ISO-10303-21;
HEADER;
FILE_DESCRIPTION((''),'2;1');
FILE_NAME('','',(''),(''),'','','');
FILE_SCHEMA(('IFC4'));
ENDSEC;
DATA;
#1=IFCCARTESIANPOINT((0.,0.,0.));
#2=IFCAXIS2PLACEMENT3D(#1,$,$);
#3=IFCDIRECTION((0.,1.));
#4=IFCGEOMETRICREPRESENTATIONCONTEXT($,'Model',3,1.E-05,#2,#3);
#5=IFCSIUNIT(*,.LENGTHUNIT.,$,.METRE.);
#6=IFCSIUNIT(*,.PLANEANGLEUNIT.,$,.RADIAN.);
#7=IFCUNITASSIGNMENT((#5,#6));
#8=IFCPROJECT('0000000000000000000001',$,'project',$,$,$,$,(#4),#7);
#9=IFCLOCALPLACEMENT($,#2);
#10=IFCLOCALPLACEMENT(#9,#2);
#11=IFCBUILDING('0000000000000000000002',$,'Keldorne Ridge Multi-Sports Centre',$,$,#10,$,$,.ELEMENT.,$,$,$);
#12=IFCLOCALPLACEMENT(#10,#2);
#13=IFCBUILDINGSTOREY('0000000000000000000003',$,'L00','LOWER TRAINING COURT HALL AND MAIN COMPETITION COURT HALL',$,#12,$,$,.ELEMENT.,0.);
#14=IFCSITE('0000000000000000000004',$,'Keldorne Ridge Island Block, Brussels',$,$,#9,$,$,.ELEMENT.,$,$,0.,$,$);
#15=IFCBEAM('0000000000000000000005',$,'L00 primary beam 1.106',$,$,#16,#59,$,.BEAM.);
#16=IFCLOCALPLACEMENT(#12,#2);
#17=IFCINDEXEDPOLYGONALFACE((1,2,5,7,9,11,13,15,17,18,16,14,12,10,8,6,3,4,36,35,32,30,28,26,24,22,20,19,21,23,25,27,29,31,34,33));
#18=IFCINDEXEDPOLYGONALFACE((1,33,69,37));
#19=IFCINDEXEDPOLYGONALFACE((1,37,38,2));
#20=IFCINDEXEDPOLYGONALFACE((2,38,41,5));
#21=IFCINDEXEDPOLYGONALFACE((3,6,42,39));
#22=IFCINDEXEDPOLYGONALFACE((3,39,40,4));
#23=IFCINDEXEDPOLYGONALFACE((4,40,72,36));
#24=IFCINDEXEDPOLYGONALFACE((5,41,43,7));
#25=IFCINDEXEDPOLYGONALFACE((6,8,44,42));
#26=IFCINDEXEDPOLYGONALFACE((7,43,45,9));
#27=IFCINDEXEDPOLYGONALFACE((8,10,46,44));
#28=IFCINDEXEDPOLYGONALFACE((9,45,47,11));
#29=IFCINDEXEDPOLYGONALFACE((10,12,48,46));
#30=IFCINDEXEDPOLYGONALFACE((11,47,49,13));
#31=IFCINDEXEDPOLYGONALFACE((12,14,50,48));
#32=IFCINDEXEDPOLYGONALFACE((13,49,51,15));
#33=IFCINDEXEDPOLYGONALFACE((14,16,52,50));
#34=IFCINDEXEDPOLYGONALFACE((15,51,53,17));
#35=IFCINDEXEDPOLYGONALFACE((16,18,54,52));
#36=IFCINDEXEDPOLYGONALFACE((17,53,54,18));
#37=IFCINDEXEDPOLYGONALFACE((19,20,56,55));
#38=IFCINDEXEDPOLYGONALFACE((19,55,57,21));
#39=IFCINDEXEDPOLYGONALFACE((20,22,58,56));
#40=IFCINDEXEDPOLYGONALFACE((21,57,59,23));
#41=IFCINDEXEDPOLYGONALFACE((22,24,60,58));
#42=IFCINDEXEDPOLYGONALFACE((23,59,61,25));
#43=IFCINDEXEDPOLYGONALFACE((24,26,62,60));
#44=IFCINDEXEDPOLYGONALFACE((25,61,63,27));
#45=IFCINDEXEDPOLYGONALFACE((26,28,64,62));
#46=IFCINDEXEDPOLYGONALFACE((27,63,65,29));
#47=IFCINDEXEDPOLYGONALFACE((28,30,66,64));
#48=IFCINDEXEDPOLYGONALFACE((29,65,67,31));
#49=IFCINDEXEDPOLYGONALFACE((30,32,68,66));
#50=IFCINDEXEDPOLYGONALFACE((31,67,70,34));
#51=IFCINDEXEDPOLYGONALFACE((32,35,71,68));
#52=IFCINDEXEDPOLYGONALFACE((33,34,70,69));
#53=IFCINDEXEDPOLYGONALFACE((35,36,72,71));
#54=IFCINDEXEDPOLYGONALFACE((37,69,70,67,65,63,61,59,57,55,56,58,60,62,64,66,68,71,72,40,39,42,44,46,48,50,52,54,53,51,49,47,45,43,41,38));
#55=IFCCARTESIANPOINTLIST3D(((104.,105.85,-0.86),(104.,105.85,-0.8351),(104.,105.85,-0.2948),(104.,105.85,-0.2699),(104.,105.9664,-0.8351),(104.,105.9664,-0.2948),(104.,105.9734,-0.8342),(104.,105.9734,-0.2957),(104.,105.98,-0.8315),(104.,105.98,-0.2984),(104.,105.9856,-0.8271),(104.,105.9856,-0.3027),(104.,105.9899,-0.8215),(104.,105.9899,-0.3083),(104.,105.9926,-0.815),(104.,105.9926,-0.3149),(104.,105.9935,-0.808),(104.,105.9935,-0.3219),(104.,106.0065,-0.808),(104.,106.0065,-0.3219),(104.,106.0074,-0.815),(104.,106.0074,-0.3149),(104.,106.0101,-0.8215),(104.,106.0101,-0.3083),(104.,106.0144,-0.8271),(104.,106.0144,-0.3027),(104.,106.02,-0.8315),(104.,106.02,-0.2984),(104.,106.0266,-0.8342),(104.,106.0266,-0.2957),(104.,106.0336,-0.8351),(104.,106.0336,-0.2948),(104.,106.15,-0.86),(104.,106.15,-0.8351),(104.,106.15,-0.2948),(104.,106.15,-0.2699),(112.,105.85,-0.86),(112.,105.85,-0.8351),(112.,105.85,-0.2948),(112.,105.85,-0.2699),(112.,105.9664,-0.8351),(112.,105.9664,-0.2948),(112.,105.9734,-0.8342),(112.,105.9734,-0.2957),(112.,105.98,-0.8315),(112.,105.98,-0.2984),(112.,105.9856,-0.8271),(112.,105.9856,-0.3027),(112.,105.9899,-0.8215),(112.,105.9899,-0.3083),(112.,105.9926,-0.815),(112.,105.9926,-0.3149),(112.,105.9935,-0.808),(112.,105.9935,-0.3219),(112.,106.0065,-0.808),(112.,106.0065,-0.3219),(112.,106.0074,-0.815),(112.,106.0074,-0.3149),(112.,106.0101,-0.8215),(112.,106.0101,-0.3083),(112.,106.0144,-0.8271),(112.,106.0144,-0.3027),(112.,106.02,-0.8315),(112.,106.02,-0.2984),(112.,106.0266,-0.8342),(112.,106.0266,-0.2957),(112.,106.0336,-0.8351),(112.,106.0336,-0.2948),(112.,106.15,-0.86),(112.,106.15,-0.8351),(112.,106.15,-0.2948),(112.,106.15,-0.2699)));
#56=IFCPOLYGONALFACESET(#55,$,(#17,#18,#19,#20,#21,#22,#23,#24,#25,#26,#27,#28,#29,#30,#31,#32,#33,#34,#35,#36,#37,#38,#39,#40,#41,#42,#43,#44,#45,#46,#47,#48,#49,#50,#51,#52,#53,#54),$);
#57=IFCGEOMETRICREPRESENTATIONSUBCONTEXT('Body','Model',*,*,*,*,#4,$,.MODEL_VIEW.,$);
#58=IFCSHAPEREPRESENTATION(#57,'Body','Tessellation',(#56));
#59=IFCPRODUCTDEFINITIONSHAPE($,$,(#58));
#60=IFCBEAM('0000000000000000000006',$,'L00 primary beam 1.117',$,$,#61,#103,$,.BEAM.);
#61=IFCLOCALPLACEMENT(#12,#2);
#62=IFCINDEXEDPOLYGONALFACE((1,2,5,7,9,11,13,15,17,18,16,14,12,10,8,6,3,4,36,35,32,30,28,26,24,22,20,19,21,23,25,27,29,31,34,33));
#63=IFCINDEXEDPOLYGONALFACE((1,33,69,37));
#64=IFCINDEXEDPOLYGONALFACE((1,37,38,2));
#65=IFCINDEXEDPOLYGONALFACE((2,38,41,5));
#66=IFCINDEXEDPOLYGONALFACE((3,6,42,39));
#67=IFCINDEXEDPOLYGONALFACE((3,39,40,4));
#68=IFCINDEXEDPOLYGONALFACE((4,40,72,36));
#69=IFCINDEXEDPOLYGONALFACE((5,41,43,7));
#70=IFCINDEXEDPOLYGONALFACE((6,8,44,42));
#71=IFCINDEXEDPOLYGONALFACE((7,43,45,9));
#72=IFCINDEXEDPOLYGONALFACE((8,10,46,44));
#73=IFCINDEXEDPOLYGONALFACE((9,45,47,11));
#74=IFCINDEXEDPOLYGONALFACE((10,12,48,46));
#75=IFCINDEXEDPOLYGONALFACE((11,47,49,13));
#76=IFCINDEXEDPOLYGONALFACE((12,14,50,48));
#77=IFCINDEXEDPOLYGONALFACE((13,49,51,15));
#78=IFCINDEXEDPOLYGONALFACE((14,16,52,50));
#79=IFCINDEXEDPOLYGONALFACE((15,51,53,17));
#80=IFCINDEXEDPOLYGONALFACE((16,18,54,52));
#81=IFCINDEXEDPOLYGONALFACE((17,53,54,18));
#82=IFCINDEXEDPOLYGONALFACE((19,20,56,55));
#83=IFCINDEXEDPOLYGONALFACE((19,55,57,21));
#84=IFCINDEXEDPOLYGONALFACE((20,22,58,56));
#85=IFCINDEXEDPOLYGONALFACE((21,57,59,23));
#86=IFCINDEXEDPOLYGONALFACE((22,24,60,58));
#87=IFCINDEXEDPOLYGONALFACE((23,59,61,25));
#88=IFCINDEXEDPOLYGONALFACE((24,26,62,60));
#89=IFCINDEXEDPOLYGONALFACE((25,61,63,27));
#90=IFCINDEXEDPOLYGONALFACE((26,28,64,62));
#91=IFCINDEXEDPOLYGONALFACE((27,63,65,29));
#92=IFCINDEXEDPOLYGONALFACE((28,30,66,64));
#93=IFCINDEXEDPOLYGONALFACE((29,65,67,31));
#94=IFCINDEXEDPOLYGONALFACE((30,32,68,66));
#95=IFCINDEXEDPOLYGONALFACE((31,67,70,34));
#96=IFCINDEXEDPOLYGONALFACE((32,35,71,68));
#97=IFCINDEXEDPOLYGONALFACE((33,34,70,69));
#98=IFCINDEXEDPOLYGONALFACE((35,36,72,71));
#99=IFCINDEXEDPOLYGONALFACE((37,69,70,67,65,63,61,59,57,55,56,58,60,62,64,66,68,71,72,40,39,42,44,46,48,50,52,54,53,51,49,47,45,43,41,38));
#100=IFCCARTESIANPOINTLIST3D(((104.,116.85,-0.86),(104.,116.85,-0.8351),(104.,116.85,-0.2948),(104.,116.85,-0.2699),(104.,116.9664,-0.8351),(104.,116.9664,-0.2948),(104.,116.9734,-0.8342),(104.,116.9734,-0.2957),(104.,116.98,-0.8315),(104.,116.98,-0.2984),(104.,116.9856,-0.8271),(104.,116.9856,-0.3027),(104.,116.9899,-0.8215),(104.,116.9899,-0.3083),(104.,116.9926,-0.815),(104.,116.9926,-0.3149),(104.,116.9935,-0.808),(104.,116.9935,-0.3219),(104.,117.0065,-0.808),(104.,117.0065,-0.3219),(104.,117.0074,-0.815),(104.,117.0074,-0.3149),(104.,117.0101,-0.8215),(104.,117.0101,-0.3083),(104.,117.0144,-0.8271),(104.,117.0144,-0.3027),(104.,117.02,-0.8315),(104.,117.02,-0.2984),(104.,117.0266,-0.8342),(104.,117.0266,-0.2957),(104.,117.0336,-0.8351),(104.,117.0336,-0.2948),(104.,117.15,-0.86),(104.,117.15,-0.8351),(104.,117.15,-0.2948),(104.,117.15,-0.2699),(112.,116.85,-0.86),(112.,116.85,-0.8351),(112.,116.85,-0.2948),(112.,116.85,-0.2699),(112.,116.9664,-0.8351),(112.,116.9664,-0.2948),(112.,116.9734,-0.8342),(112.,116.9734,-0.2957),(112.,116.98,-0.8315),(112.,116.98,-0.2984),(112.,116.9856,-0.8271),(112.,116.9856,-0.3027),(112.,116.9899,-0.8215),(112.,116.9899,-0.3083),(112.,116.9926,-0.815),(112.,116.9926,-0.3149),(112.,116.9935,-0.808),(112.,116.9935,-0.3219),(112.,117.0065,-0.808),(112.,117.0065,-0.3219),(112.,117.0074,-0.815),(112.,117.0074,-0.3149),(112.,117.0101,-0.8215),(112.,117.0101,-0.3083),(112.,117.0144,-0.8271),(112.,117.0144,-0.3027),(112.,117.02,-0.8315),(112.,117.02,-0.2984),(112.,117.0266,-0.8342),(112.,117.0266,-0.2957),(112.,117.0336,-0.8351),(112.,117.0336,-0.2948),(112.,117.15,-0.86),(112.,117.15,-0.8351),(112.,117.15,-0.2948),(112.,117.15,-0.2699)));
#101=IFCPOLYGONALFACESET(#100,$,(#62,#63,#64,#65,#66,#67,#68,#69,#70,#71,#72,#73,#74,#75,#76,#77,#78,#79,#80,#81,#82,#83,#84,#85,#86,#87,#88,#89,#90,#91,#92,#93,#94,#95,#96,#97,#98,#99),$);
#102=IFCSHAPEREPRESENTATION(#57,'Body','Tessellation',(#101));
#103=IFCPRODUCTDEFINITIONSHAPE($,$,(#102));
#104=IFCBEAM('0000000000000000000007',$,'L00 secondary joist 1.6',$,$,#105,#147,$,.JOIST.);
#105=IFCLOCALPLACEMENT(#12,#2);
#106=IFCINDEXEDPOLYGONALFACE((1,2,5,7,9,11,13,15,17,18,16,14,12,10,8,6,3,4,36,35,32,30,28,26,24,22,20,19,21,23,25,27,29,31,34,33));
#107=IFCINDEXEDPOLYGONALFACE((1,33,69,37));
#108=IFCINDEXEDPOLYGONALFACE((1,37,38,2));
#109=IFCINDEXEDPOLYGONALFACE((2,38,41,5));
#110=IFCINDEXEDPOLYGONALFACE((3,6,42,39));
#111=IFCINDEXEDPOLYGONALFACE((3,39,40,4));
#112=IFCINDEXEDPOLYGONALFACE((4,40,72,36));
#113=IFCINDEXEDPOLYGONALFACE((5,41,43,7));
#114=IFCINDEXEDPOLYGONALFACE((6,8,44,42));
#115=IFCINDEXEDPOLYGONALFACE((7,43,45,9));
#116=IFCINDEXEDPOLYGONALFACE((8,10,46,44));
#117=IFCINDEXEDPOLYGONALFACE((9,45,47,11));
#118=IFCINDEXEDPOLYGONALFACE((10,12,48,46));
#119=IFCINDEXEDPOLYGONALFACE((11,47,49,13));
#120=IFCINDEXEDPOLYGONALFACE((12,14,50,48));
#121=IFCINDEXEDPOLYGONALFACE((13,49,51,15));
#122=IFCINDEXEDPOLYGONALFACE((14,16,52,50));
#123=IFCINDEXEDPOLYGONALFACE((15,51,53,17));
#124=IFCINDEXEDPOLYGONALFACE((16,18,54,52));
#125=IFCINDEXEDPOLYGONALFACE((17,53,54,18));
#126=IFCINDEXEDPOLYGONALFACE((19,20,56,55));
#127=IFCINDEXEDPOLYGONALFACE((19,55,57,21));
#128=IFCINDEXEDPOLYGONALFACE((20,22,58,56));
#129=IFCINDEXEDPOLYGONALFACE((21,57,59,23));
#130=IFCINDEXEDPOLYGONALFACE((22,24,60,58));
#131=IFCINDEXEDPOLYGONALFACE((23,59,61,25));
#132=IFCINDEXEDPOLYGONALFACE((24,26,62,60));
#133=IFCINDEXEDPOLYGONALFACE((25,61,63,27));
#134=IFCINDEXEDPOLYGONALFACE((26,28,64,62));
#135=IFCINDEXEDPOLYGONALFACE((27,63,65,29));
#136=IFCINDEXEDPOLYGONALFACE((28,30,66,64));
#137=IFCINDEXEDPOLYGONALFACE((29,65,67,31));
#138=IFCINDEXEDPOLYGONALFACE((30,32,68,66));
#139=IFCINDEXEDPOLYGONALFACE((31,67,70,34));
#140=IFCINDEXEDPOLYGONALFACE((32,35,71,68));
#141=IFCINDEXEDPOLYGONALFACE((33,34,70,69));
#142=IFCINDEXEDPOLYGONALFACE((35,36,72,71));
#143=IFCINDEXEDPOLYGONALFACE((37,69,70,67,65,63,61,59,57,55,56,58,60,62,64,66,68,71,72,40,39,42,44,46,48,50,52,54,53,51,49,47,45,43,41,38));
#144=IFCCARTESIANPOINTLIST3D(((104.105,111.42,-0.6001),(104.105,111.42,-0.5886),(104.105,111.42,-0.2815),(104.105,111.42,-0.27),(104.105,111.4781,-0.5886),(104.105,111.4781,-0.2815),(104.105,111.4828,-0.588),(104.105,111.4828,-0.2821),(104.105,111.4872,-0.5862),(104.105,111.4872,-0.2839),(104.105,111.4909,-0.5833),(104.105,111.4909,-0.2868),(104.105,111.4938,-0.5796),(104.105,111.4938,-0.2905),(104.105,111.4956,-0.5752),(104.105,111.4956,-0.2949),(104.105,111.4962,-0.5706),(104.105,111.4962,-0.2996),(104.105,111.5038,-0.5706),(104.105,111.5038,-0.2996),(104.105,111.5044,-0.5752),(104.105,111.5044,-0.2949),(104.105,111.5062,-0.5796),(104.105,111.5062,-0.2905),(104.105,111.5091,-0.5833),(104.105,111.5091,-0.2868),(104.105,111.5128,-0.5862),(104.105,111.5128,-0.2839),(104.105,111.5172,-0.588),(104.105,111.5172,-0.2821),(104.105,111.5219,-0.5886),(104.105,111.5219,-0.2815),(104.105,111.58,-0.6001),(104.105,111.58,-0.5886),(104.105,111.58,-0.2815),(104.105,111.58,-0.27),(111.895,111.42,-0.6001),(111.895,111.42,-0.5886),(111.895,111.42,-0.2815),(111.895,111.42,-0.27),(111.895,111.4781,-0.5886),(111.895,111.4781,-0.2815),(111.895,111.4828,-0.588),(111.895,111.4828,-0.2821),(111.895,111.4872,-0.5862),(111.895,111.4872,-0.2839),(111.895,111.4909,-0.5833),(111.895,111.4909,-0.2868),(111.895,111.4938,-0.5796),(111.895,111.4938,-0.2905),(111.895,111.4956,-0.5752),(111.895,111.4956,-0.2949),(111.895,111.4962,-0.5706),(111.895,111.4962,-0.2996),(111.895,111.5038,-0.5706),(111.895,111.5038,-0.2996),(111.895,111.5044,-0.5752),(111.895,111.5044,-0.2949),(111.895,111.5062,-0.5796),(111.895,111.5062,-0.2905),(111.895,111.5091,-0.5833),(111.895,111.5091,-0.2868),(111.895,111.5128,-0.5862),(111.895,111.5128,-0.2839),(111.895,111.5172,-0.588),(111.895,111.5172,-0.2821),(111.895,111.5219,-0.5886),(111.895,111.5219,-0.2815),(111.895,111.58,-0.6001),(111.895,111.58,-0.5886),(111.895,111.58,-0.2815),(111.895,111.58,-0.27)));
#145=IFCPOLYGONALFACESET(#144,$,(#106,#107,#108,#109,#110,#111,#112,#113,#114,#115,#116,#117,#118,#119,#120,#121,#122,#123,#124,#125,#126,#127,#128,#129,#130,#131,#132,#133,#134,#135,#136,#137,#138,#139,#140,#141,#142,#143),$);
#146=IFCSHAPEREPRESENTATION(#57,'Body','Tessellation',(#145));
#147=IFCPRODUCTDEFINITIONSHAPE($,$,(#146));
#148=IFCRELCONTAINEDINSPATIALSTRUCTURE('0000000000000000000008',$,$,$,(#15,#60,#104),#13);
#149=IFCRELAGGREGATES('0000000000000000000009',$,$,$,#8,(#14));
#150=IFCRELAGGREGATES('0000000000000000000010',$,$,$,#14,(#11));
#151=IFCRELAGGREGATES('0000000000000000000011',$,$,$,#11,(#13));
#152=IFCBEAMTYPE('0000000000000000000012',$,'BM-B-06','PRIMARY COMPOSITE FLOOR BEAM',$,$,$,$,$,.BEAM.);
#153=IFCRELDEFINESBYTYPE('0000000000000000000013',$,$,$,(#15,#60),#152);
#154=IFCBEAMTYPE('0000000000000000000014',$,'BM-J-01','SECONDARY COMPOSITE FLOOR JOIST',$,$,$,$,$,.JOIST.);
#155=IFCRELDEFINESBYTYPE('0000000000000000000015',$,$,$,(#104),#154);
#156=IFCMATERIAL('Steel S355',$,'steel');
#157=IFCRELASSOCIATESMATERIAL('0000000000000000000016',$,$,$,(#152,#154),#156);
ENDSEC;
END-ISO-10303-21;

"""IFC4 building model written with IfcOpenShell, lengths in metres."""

from ifc_helpers import new_model, si_unit, direction, frame, origin, origin_2d, place, context, subcontext, project, spatial, i_section, extrude, material, material_profile, profile_set, type_object, element, save


model = new_model("IFC4")

# Units and contexts
model_context = context("Model", 3, precision=1e-05, world=origin(), true_north=direction((0.0, 1.0)))
body_context = subcontext(model_context, "Body", "Model", "MODEL_VIEW")
ifc_project = project(units=[si_unit("LENGTHUNIT", "METRE"), si_unit("PLANEANGLEUNIT", "RADIAN")], contexts=[model_context])

# Site, building, storey
site_placement = place(None, origin())
site = spatial("IfcSite", under=ifc_project, at=site_placement, Name="Keldorne Ridge Island Block, Brussels", CompositionType="ELEMENT", RefElevation=0.0)
building_placement = place(site_placement, origin())
building = spatial("IfcBuilding", under=site, at=building_placement, Name="Keldorne Ridge Multi-Sports Centre", CompositionType="ELEMENT")
storey_placement = place(building_placement, origin())
storey = spatial("IfcBuildingStorey", under=building, at=storey_placement, Name="L00", Description="LOWER TRAINING COURT HALL AND MAIN COMPETITION COURT HALL", CompositionType="ELEMENT", Elevation=0.0)

# Shared definitions
ifc_material_1 = material(Name="Steel S355", Category="steel")

# Beams
ifc_material_profile_1 = material_profile(ifc_material_1, i_section(OverallWidth=0.3, OverallDepth=0.5901, WebThickness=0.0129, FlangeThickness=0.0249, FilletRadius=0.0271, at=origin_2d()), Name="HEA 600")
ifc_profile_set_1 = profile_set([ifc_material_profile_1], Name="Steel S355")
beam_type_1 = type_object("IfcBeamType", Name="BM-B-06", Description="PRIMARY COMPOSITE FLOOR BEAM", PredefinedType="BEAM", material=ifc_profile_set_1)
for number, where, z_axis, x_axis, name in (
    (1, (104.0, 106.0, -0.5649), (1.0, 0.0, 0.0), (0.0, 1.0, 0.0), "L00 primary beam 1.106"),
    (2, (104.0, 117.0, -0.5649), (1.0, 0.0, 0.0), (0.0, 1.0, 0.0), "L00 primary beam 1.117"),
):
    element("IfcBeam", number, at=place(storey_placement, frame(where, z_axis=z_axis, x_axis=x_axis)), inside=storey, type_object=beam_type_1, Name=name, PredefinedType="BEAM", context=body_context, shape_type="SweptSolid", body=[
        extrude(i_section(OverallWidth=0.3, OverallDepth=0.5901, WebThickness=0.0129, FlangeThickness=0.0249, FilletRadius=0.0271, at=origin_2d()), origin(), (0.0, 0.0, 1.0), 8.0),
    ])
ifc_material_profile_2 = material_profile(ifc_material_1, i_section(OverallWidth=0.1599, OverallDepth=0.3301, WebThickness=0.0076, FlangeThickness=0.0115, FilletRadius=0.0181, at=origin_2d()), Name="IPE 330")
ifc_profile_set_2 = profile_set([ifc_material_profile_2], Name="Steel S355")
beam_type_2 = type_object("IfcBeamType", Name="BM-J-01", Description="SECONDARY COMPOSITE FLOOR JOIST", PredefinedType="JOIST", material=ifc_profile_set_2)
beam_1_placement = place(storey_placement, frame((104.105, 111.5, -0.4351), z_axis=(1.0, 0.0, 0.0), x_axis=(0.0, 1.0, 0.0)))
element("IfcBeam", 3, at=beam_1_placement, inside=storey, type_object=beam_type_2, Name="L00 secondary joist 1.6", PredefinedType="JOIST", context=body_context, shape_type="SweptSolid", body=[
    extrude(i_section(OverallWidth=0.1599, OverallDepth=0.3301, WebThickness=0.0076, FlangeThickness=0.0115, FilletRadius=0.0181, at=origin_2d()), origin(), (0.0, 0.0, 1.0), 7.79),
])

save(model, "model.ifc")
